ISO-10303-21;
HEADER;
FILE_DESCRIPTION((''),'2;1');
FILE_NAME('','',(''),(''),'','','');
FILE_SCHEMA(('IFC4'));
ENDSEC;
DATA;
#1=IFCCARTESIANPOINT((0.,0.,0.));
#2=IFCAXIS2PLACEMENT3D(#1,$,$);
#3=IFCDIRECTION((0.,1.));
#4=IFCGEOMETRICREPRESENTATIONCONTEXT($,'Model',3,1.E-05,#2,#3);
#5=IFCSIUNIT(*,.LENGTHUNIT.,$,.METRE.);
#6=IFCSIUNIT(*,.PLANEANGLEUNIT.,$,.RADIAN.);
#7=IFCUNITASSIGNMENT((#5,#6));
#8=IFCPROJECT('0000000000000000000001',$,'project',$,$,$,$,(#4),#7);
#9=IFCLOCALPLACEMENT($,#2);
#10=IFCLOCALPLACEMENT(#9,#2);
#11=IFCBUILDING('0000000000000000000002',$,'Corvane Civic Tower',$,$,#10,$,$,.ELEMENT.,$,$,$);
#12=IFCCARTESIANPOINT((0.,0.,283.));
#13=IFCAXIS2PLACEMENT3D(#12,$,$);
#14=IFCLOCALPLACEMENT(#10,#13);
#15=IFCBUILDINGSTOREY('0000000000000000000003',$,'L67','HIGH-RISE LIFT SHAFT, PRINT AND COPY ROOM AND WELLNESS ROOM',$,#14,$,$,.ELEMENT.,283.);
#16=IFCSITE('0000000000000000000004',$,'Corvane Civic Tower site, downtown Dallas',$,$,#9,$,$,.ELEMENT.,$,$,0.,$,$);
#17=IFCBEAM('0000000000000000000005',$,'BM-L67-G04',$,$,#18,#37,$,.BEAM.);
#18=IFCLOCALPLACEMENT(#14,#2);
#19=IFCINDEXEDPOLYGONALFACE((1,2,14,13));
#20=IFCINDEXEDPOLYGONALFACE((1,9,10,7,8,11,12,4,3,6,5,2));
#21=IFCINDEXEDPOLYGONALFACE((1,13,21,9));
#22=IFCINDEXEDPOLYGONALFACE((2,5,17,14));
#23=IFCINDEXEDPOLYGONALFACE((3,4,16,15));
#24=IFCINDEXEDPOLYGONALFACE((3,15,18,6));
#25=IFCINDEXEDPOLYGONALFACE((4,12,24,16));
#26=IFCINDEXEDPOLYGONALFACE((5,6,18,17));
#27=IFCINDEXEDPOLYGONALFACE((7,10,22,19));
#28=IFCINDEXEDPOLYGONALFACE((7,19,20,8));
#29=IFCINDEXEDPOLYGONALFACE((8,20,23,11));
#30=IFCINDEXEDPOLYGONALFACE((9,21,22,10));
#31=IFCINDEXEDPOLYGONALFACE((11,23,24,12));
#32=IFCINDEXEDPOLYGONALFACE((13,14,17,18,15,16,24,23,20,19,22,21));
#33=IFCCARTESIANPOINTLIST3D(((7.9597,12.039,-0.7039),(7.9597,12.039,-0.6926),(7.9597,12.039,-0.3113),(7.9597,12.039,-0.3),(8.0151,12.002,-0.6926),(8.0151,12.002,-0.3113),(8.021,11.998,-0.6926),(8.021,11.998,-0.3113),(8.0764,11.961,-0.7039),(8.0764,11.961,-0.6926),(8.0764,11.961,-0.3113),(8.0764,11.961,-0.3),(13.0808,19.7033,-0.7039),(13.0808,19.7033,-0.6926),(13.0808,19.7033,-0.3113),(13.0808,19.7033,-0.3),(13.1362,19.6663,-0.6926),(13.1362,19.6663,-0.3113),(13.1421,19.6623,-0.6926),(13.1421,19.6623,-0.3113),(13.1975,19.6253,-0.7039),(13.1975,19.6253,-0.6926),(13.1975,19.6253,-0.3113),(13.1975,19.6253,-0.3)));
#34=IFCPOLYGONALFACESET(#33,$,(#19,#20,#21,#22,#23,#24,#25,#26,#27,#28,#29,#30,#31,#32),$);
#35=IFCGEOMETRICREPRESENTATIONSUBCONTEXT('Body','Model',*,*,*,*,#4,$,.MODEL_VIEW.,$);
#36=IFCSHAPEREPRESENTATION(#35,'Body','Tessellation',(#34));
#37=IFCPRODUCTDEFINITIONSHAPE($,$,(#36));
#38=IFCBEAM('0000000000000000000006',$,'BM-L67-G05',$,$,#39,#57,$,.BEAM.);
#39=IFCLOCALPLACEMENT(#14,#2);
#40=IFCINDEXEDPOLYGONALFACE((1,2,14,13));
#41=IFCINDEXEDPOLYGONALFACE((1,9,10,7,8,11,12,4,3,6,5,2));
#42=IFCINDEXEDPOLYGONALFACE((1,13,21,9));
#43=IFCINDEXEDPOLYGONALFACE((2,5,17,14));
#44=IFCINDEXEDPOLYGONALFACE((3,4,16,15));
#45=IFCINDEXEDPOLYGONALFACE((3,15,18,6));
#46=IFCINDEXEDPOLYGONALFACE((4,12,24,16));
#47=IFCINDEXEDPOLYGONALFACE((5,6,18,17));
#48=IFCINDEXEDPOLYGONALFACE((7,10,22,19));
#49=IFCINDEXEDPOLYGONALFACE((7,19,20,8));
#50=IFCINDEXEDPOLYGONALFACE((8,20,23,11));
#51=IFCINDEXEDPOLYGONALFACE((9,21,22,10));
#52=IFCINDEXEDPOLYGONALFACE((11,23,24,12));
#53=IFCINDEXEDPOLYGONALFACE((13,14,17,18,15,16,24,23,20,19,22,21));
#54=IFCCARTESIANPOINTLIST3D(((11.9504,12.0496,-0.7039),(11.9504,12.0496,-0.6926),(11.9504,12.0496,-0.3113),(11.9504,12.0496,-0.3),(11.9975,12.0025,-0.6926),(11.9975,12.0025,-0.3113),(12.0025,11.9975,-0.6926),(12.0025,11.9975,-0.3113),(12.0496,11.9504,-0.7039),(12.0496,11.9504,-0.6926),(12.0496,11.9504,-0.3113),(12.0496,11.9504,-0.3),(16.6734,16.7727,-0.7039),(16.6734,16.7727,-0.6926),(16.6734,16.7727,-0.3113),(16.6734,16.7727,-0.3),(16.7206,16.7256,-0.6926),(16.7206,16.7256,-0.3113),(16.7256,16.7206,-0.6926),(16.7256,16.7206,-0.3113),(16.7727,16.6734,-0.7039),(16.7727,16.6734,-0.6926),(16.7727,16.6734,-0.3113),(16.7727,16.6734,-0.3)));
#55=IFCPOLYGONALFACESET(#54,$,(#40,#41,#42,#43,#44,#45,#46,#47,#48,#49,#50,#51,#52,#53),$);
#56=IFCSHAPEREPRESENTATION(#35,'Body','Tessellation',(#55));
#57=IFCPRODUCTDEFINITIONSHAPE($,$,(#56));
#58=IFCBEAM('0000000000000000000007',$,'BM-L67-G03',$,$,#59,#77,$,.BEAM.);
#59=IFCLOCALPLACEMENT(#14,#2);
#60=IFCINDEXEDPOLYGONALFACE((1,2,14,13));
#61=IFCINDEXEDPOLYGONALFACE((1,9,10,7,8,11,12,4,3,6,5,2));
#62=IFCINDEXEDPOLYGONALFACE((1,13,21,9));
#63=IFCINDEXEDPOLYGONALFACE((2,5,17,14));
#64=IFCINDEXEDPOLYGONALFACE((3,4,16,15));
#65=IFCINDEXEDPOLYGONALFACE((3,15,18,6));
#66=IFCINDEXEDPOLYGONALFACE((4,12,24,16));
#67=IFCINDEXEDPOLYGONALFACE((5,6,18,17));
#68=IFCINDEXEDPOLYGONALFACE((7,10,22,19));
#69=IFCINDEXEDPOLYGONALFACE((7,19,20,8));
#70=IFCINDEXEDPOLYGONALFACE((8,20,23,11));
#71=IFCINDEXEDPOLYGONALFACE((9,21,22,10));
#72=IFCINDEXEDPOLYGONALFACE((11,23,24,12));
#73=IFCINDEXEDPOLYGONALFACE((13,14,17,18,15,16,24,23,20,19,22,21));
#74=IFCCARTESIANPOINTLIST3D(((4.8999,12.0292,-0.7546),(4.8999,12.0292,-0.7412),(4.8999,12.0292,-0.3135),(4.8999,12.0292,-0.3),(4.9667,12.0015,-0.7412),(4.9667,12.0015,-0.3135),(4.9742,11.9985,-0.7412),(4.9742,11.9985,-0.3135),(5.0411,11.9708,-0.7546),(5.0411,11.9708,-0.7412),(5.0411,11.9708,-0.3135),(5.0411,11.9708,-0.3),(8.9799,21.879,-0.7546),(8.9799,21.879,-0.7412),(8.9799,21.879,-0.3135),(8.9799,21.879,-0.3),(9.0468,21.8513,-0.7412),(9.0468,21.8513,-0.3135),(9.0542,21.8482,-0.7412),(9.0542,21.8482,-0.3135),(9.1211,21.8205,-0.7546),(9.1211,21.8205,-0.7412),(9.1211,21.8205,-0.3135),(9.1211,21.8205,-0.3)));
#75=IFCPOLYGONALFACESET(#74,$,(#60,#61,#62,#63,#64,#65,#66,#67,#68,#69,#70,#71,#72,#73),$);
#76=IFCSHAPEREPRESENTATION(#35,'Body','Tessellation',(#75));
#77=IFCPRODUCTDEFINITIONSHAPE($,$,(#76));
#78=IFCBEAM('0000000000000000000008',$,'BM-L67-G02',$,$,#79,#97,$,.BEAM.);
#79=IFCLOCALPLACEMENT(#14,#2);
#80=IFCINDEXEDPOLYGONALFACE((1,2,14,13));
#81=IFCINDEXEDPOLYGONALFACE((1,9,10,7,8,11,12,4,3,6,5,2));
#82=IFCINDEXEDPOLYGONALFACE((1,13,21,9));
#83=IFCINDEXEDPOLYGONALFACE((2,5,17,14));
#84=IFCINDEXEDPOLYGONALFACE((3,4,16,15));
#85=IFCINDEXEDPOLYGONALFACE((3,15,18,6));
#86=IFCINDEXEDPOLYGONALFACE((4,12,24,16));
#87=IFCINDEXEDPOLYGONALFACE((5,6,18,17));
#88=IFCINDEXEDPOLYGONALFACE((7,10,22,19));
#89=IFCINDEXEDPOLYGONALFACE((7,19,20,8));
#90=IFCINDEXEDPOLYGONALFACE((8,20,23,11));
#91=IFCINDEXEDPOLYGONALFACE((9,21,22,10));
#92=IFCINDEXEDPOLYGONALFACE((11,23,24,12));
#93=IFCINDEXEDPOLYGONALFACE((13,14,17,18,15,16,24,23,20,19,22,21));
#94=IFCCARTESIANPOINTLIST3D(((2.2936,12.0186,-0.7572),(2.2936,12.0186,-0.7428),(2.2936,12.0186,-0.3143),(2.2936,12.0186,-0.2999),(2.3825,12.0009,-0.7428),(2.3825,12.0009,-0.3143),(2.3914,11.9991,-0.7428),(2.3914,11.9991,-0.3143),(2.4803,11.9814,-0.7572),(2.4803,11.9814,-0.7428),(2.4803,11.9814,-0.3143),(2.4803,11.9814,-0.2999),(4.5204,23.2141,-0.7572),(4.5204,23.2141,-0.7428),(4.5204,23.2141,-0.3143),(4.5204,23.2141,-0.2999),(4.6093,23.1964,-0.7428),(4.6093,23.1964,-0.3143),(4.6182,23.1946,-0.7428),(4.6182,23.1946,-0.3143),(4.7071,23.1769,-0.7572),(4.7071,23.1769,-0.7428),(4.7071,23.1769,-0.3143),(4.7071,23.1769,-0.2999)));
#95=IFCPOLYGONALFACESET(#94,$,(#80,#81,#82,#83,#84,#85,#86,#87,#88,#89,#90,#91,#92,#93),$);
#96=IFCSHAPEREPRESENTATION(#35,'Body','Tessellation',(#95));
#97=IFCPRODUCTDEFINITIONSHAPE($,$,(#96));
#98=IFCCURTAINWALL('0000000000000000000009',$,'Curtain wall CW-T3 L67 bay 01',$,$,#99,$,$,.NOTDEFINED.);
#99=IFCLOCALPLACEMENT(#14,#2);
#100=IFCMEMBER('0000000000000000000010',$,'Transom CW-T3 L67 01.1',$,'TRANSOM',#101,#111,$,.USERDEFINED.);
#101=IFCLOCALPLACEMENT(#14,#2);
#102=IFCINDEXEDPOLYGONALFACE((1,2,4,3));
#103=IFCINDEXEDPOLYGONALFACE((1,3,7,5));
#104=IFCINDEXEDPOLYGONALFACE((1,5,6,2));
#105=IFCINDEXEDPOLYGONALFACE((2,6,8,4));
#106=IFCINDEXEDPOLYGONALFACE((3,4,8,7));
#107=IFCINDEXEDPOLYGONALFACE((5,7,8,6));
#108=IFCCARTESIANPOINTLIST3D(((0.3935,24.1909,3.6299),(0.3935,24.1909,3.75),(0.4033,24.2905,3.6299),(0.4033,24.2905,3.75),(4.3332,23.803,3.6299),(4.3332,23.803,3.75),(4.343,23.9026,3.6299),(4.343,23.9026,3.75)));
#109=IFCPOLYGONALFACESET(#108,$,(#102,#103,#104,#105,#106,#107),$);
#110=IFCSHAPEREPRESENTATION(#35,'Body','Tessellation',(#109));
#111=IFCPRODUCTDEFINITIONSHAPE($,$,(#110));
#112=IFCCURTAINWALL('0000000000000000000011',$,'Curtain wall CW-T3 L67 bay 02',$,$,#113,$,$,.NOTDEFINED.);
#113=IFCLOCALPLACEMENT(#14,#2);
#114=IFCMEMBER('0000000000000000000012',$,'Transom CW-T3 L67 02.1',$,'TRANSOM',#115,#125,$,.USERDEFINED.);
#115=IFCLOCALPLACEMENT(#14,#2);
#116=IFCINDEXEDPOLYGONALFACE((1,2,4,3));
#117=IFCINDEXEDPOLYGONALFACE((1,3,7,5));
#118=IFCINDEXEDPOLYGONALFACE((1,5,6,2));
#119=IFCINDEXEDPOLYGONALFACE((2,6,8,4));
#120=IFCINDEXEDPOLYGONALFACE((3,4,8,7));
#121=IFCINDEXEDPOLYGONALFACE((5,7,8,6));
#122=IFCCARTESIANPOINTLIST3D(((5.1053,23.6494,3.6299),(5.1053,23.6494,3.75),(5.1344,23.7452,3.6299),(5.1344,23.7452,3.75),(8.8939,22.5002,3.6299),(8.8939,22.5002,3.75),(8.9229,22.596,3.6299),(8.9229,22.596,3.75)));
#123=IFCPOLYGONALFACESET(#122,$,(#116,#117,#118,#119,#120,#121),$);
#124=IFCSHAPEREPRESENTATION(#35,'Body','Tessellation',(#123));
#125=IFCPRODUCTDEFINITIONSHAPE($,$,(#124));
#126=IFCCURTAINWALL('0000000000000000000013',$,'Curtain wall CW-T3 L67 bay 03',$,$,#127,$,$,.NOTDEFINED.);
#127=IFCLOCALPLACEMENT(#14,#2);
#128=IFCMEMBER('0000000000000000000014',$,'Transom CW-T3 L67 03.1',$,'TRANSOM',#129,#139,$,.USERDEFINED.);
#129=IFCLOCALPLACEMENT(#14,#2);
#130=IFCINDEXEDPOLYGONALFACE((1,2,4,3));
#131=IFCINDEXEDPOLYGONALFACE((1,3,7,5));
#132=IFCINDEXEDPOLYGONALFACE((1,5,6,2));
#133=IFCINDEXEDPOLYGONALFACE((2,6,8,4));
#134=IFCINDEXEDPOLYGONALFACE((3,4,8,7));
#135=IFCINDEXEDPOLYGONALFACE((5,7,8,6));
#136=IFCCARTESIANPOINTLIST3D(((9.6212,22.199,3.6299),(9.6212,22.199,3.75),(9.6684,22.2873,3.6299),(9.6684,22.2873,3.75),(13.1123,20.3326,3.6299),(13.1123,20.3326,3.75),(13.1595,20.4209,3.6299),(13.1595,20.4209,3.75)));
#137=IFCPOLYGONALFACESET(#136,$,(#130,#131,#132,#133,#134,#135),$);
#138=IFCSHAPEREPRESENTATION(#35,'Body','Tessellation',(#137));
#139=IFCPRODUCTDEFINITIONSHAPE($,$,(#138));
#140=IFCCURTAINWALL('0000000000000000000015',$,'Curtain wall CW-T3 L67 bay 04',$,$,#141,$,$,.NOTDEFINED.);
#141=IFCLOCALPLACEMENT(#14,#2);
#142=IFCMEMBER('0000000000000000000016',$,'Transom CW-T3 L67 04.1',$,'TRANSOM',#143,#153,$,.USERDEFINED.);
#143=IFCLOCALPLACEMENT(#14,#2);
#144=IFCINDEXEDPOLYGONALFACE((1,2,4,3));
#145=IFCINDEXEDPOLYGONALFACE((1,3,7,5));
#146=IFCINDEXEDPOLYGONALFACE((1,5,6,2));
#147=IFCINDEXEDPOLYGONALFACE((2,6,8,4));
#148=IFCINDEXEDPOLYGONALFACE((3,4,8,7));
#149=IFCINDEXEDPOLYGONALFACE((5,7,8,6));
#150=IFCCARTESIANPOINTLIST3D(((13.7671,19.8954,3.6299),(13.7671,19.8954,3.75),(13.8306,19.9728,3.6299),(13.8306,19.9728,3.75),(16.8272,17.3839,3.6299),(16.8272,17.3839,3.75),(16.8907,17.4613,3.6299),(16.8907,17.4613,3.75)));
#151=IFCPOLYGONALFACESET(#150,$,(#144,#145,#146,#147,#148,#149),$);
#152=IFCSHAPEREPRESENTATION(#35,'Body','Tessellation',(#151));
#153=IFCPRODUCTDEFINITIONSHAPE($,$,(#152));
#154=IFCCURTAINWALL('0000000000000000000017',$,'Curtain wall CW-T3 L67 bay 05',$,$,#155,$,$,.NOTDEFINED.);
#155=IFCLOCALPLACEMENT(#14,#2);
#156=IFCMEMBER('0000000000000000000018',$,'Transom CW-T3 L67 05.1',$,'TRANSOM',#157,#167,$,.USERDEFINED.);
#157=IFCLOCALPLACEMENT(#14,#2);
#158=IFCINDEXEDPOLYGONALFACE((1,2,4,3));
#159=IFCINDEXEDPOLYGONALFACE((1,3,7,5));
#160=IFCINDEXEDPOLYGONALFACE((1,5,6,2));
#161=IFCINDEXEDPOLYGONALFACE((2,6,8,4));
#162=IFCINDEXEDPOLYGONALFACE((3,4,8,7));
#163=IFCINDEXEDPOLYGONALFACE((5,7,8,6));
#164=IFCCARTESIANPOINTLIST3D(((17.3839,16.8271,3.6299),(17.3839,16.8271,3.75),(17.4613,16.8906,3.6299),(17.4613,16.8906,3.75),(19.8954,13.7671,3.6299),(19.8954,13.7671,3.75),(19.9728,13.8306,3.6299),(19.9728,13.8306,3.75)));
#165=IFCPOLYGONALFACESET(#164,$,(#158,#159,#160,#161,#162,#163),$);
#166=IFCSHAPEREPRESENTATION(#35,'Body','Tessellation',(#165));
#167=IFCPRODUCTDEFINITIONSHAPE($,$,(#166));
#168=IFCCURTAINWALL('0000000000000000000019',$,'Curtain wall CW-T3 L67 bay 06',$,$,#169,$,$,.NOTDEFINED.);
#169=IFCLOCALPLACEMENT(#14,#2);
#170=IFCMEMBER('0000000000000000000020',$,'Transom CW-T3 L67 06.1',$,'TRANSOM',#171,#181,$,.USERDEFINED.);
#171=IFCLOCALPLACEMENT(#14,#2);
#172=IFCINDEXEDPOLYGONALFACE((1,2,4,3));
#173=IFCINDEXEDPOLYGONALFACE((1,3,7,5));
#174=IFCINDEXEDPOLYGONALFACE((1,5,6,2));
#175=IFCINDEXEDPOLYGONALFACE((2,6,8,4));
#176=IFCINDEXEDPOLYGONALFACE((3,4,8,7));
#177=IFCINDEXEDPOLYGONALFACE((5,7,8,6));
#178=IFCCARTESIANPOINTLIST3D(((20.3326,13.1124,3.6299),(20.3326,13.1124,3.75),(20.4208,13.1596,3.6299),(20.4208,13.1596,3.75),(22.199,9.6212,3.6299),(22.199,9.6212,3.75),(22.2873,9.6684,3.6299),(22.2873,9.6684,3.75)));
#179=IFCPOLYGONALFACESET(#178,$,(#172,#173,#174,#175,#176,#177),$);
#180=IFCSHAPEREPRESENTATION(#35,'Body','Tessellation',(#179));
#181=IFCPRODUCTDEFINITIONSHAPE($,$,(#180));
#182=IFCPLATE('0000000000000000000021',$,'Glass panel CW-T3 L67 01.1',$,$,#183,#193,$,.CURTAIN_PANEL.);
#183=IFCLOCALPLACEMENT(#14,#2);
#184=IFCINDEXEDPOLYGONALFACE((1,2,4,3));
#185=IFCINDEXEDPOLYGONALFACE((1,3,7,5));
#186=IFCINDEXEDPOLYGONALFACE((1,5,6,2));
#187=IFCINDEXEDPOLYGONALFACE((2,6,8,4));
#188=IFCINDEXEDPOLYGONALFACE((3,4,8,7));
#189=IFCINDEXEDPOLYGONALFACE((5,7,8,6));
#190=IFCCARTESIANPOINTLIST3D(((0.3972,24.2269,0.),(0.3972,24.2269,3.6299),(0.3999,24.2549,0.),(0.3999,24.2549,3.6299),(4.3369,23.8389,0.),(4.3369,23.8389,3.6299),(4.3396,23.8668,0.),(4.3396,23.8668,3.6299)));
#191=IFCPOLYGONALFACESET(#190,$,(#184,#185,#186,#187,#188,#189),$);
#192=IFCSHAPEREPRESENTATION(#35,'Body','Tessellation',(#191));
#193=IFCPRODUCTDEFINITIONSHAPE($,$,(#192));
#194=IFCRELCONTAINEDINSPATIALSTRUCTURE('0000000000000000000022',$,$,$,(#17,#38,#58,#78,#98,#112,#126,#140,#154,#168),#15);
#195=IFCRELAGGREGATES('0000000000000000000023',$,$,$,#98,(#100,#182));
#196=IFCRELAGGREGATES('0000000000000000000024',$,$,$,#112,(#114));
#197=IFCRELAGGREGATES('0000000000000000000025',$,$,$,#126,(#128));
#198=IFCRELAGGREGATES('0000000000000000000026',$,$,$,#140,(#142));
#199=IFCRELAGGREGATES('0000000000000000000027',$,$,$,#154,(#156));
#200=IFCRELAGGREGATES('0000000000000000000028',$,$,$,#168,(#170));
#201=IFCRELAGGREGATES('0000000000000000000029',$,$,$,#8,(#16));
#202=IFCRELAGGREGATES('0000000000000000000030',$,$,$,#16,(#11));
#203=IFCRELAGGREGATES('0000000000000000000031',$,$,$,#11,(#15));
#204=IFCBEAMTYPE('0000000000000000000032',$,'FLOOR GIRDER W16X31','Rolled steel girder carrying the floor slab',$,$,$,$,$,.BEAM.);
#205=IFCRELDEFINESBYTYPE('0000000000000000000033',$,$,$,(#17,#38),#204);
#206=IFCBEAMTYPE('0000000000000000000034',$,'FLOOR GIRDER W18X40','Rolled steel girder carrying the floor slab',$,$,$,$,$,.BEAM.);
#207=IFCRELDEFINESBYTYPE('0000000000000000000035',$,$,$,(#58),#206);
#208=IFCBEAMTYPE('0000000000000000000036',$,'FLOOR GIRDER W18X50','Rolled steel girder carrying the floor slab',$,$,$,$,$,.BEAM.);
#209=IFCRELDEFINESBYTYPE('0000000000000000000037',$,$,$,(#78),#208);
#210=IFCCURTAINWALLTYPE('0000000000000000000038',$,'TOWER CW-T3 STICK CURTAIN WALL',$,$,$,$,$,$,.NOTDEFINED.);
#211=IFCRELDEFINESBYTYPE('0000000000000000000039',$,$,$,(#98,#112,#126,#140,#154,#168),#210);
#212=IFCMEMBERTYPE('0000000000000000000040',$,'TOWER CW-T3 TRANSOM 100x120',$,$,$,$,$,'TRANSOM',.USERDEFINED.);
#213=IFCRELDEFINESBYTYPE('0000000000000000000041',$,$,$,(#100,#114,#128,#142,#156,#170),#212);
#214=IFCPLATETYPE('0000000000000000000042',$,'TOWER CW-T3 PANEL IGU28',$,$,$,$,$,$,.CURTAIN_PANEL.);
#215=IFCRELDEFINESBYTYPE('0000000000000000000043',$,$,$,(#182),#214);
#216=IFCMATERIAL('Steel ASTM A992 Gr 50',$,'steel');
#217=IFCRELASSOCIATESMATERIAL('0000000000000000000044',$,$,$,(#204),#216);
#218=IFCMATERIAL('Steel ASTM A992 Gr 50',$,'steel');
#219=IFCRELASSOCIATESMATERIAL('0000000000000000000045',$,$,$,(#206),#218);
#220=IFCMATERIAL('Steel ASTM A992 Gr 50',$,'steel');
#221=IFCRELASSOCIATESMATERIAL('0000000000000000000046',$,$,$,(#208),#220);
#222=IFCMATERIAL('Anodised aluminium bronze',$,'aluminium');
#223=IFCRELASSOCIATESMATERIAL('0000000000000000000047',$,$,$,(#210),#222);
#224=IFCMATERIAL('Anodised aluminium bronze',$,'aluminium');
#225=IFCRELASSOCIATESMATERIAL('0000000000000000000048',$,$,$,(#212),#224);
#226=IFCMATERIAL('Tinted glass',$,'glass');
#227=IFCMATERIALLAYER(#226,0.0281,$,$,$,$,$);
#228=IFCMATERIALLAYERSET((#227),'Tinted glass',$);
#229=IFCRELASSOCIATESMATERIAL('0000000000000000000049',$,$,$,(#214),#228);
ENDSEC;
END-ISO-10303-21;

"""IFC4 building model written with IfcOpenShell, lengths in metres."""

from ifc_helpers import new_model, si_unit, direction, frame, origin, origin_2d, place, context, subcontext, project, spatial, rectangle, i_section, extrude, material, layer, layer_set, material_profile, profile_set, type_object, element, aggregate, save


model = new_model("IFC4")

# Units and contexts
model_context = context("Model", 3, precision=1e-05, world=origin(), true_north=direction((0.0, 1.0)))
body_context = subcontext(model_context, "Body", "Model", "MODEL_VIEW")
ifc_project = project(units=[si_unit("LENGTHUNIT", "METRE"), si_unit("PLANEANGLEUNIT", "RADIAN")], contexts=[model_context])

# Site, building, storey
site_placement = place(None, origin())
site = spatial("IfcSite", under=ifc_project, at=site_placement, Name="Corvane Civic Tower site, downtown Dallas", CompositionType="ELEMENT", RefElevation=0.0)
building_placement = place(site_placement, origin())
building = spatial("IfcBuilding", under=site, at=building_placement, Name="Corvane Civic Tower", CompositionType="ELEMENT")
storey_placement = place(building_placement, frame((0.0, 0.0, 283.0)))
storey = spatial("IfcBuildingStorey", under=building, at=storey_placement, Name="L67", Description="HIGH-RISE LIFT SHAFT, PRINT AND COPY ROOM AND WELLNESS ROOM", CompositionType="ELEMENT", Elevation=283.0)

# Beams
ifc_material_1 = material(Name="Steel ASTM A992 Gr 50", Category="steel")
ifc_material_profile_1 = material_profile(ifc_material_1, i_section(OverallWidth=0.1404, OverallDepth=0.4038, WebThickness=0.0071, FlangeThickness=0.0112, at=origin_2d()), Name="W16X31")
ifc_profile_set_1 = profile_set([ifc_material_profile_1], Name="Steel ASTM A992 Gr 50")
beam_type_1 = type_object("IfcBeamType", Name="FLOOR GIRDER W16X31", Description="Rolled steel girder carrying the floor slab", PredefinedType="BEAM", material=ifc_profile_set_1)
beam_1_placement = place(storey_placement, frame((8.0181, 12.0, -0.502), z_axis=(0.555568, 0.831471, 0.0), x_axis=(-0.831471, 0.555568, 0.0)))
element("IfcBeam", 1, at=beam_1_placement, inside=storey, type_object=beam_type_1, Name="BM-L67-G04", PredefinedType="BEAM", context=body_context, shape_type="SweptSolid", body=[
    extrude(i_section(OverallWidth=0.1404, OverallDepth=0.4038, WebThickness=0.0071, FlangeThickness=0.0112, at=origin_2d()), origin(), (0.0, 0.0, 1.0), 9.2178),
])
beam_2_placement = place(storey_placement, frame((12.0, 12.0, -0.502), z_axis=(0.707107, 0.707107, 0.0), x_axis=(-0.707107, 0.707107, 0.0)))
element("IfcBeam", 2, at=beam_2_placement, inside=storey, type_object=beam_type_1, Name="BM-L67-G05", PredefinedType="BEAM", context=body_context, shape_type="SweptSolid", body=[
    extrude(i_section(OverallWidth=0.1404, OverallDepth=0.4038, WebThickness=0.0071, FlangeThickness=0.0112, at=origin_2d()), origin(), (0.0, 0.0, 1.0), 6.6794),
])
ifc_material_2 = material(Name="Steel ASTM A992 Gr 50", Category="steel")
ifc_material_profile_2 = material_profile(ifc_material_2, i_section(OverallWidth=0.1528, OverallDepth=0.4546, WebThickness=0.0081, FlangeThickness=0.0134, at=origin_2d()), Name="W18X40")
ifc_profile_set_2 = profile_set([ifc_material_profile_2], Name="Steel ASTM A992 Gr 50")
beam_type_2 = type_object("IfcBeamType", Name="FLOOR GIRDER W18X40", Description="Rolled steel girder carrying the floor slab", PredefinedType="BEAM", material=ifc_profile_set_2)
beam_3_placement = place(storey_placement, frame((4.9705, 12.0, -0.5273), z_axis=(0.382694, 0.923875, 0.0), x_axis=(-0.923875, 0.382694, 0.0)))
element("IfcBeam", 3, at=beam_3_placement, inside=storey, type_object=beam_type_2, Name="BM-L67-G03", PredefinedType="BEAM", context=body_context, shape_type="SweptSolid", body=[
    extrude(i_section(OverallWidth=0.1528, OverallDepth=0.4546, WebThickness=0.0081, FlangeThickness=0.0134, at=origin_2d()), origin(), (0.0, 0.0, 1.0), 10.6614),
])
ifc_material_3 = material(Name="Steel ASTM A992 Gr 50", Category="steel")
ifc_material_profile_3 = material_profile(ifc_material_3, i_section(OverallWidth=0.1904, OverallDepth=0.4573, WebThickness=0.009, FlangeThickness=0.0144, at=origin_2d()), Name="W18X50")
ifc_profile_set_3 = profile_set([ifc_material_profile_3], Name="Steel ASTM A992 Gr 50")
beam_type_3 = type_object("IfcBeamType", Name="FLOOR GIRDER W18X50", Description="Rolled steel girder carrying the floor slab", PredefinedType="BEAM", material=ifc_profile_set_3)
beam_4_placement = place(storey_placement, frame((2.387, 12.0, -0.5286), z_axis=(0.19508, 0.980787, 0.0), x_axis=(-0.980787, 0.19508, 0.0)))
element("IfcBeam", 4, at=beam_4_placement, inside=storey, type_object=beam_type_3, Name="BM-L67-G02", PredefinedType="BEAM", context=body_context, shape_type="SweptSolid", body=[
    extrude(i_section(OverallWidth=0.1904, OverallDepth=0.4573, WebThickness=0.009, FlangeThickness=0.0144, at=origin_2d()), origin(), (0.0, 0.0, 1.0), 11.4148),
])

# Curtain walls, members
ifc_material_4 = material(Name="Anodised aluminium bronze", Category="aluminium")
curtain_wall_type = type_object("IfcCurtainWallType", Name="TOWER CW-T3 STICK CURTAIN WALL", PredefinedType="NOTDEFINED", material=ifc_material_4)
curtain_wall_1_placement = place(storey_placement, origin())
curtain_wall_1 = element("IfcCurtainWall", 5, at=curtain_wall_1_placement, inside=storey, type_object=curtain_wall_type, Name="Curtain wall CW-T3 L67 bay 01", PredefinedType="NOTDEFINED")
ifc_material_5 = material(Name="Anodised aluminium bronze", Category="aluminium")
ifc_material_profile_4 = material_profile(ifc_material_5, rectangle(XDim=0.1001, YDim=0.1201, at=origin_2d()), Name="TOWER CW-T3 TRANSOM 100x120")
ifc_profile_set_4 = profile_set([ifc_material_profile_4], Name="Anodised aluminium bronze")
member_type = type_object("IfcMemberType", Name="TOWER CW-T3 TRANSOM 100x120", ElementType="TRANSOM", PredefinedType="USERDEFINED", material=ifc_profile_set_4)
member_1_placement = place(storey_placement, frame((0.3984, 24.2407, 3.6899), z_axis=(0.995187, -0.097995, 0.0), x_axis=(0.097995, 0.995187, 0.0)))
member_1 = element("IfcMember", 6, at=member_1_placement, type_object=member_type, Name="Transom CW-T3 L67 01.1", ObjectType="TRANSOM", PredefinedType="USERDEFINED", context=body_context, shape_type="SweptSolid", body=[
    extrude(rectangle(XDim=0.1001, YDim=0.1201, at=origin_2d()), origin(), (0.0, 0.0, 1.0), 3.9587),
])
curtain_wall_2_placement = place(storey_placement, origin())
curtain_wall_2 = element("IfcCurtainWall", 7, at=curtain_wall_2_placement, inside=storey, type_object=curtain_wall_type, Name="Curtain wall CW-T3 L67 bay 02", PredefinedType="NOTDEFINED")
member_2_placement = place(storey_placement, frame((5.1199, 23.6973, 3.6899), z_axis=(0.956946, -0.290266, 0.0), x_axis=(0.290266, 0.956946, 0.0)))
member_2 = element("IfcMember", 8, at=member_2_placement, type_object=member_type, Name="Transom CW-T3 L67 02.1", ObjectType="TRANSOM", PredefinedType="USERDEFINED", context=body_context, shape_type="SweptSolid", body=[
    extrude(rectangle(XDim=0.1001, YDim=0.1201, at=origin_2d()), origin(), (0.0, 0.0, 1.0), 3.959),
])
curtain_wall_3_placement = place(storey_placement, origin())
curtain_wall_3 = element("IfcCurtainWall", 9, at=curtain_wall_3_placement, inside=storey, type_object=curtain_wall_type, Name="Curtain wall CW-T3 L67 bay 03", PredefinedType="NOTDEFINED")
member_3_placement = place(storey_placement, frame((9.6448, 22.2432, 3.6899), z_axis=(0.881883, -0.471468, 0.0), x_axis=(0.471468, 0.881883, 0.0)))
member_3 = element("IfcMember", 10, at=member_3_placement, type_object=member_type, Name="Transom CW-T3 L67 03.1", ObjectType="TRANSOM", PredefinedType="USERDEFINED", context=body_context, shape_type="SweptSolid", body=[
    extrude(rectangle(XDim=0.1001, YDim=0.1201, at=origin_2d()), origin(), (0.0, 0.0, 1.0), 3.9587),
])
curtain_wall_4_placement = place(storey_placement, origin())
curtain_wall_4 = element("IfcCurtainWall", 11, at=curtain_wall_4_placement, inside=storey, type_object=curtain_wall_type, Name="Curtain wall CW-T3 L67 bay 04", PredefinedType="NOTDEFINED")
member_4_placement = place(storey_placement, frame((13.7988, 19.9341, 3.6899), z_axis=(0.772992, -0.634416, 0.0), x_axis=(0.634416, 0.772992, 0.0)))
member_4 = element("IfcMember", 12, at=member_4_placement, type_object=member_type, Name="Transom CW-T3 L67 04.1", ObjectType="TRANSOM", PredefinedType="USERDEFINED", context=body_context, shape_type="SweptSolid", body=[
    extrude(rectangle(XDim=0.1001, YDim=0.1201, at=origin_2d()), origin(), (0.0, 0.0, 1.0), 3.9587),
])
curtain_wall_5_placement = place(storey_placement, origin())
curtain_wall_5 = element("IfcCurtainWall", 13, at=curtain_wall_5_placement, inside=storey, type_object=curtain_wall_type, Name="Curtain wall CW-T3 L67 bay 05", PredefinedType="NOTDEFINED")
member_5_placement = place(storey_placement, frame((17.4226, 16.8589, 3.6899), z_axis=(0.634416, -0.772992, 0.0), x_axis=(0.772992, 0.634416, 0.0)))
member_5 = element("IfcMember", 14, at=member_5_placement, type_object=member_type, Name="Transom CW-T3 L67 05.1", ObjectType="TRANSOM", PredefinedType="USERDEFINED", context=body_context, shape_type="SweptSolid", body=[
    extrude(rectangle(XDim=0.1001, YDim=0.1201, at=origin_2d()), origin(), (0.0, 0.0, 1.0), 3.9587),
])
curtain_wall_6_placement = place(storey_placement, origin())
curtain_wall_6 = element("IfcCurtainWall", 15, at=curtain_wall_6_placement, inside=storey, type_object=curtain_wall_type, Name="Curtain wall CW-T3 L67 bay 06", PredefinedType="NOTDEFINED")
member_6_placement = place(storey_placement, frame((20.3767, 13.136, 3.6899), z_axis=(0.471468, -0.881883, 0.0), x_axis=(0.881883, 0.471468, 0.0)))
member_6 = element("IfcMember", 16, at=member_6_placement, type_object=member_type, Name="Transom CW-T3 L67 06.1", ObjectType="TRANSOM", PredefinedType="USERDEFINED", context=body_context, shape_type="SweptSolid", body=[
    extrude(rectangle(XDim=0.1001, YDim=0.1201, at=origin_2d()), origin(), (0.0, 0.0, 1.0), 3.9587),
])

# Plate
ifc_material_6 = material(Name="Tinted glass", Category="glass")
ifc_layer_1 = layer(ifc_material_6, 0.0281)
ifc_layer_set_1 = layer_set([ifc_layer_1], Name="Tinted glass")
plate_type = type_object("IfcPlateType", Name="TOWER CW-T3 PANEL IGU28", PredefinedType="CURTAIN_PANEL", material=ifc_layer_set_1)
plate_1_placement = place(storey_placement, frame((2.3684, 24.0469, 0.0), z_axis=(0.0, 0.0, 1.0), x_axis=(0.995184, -0.098021, 0.0)))
plate_1 = element("IfcPlate", 17, at=plate_1_placement, type_object=plate_type, Name="Glass panel CW-T3 L67 01.1", PredefinedType="CURTAIN_PANEL", context=body_context, shape_type="SweptSolid", body=[
    extrude(rectangle(XDim=3.9587, YDim=0.0281, at=origin_2d()), origin(), (0.0, 0.0, 1.0), 3.6299),
])
aggregate(curtain_wall_1, [member_1, plate_1])
aggregate(curtain_wall_2, [member_2])
aggregate(curtain_wall_3, [member_3])
aggregate(curtain_wall_4, [member_4])
aggregate(curtain_wall_5, [member_5])
aggregate(curtain_wall_6, [member_6])

save(model, "model.ifc")
